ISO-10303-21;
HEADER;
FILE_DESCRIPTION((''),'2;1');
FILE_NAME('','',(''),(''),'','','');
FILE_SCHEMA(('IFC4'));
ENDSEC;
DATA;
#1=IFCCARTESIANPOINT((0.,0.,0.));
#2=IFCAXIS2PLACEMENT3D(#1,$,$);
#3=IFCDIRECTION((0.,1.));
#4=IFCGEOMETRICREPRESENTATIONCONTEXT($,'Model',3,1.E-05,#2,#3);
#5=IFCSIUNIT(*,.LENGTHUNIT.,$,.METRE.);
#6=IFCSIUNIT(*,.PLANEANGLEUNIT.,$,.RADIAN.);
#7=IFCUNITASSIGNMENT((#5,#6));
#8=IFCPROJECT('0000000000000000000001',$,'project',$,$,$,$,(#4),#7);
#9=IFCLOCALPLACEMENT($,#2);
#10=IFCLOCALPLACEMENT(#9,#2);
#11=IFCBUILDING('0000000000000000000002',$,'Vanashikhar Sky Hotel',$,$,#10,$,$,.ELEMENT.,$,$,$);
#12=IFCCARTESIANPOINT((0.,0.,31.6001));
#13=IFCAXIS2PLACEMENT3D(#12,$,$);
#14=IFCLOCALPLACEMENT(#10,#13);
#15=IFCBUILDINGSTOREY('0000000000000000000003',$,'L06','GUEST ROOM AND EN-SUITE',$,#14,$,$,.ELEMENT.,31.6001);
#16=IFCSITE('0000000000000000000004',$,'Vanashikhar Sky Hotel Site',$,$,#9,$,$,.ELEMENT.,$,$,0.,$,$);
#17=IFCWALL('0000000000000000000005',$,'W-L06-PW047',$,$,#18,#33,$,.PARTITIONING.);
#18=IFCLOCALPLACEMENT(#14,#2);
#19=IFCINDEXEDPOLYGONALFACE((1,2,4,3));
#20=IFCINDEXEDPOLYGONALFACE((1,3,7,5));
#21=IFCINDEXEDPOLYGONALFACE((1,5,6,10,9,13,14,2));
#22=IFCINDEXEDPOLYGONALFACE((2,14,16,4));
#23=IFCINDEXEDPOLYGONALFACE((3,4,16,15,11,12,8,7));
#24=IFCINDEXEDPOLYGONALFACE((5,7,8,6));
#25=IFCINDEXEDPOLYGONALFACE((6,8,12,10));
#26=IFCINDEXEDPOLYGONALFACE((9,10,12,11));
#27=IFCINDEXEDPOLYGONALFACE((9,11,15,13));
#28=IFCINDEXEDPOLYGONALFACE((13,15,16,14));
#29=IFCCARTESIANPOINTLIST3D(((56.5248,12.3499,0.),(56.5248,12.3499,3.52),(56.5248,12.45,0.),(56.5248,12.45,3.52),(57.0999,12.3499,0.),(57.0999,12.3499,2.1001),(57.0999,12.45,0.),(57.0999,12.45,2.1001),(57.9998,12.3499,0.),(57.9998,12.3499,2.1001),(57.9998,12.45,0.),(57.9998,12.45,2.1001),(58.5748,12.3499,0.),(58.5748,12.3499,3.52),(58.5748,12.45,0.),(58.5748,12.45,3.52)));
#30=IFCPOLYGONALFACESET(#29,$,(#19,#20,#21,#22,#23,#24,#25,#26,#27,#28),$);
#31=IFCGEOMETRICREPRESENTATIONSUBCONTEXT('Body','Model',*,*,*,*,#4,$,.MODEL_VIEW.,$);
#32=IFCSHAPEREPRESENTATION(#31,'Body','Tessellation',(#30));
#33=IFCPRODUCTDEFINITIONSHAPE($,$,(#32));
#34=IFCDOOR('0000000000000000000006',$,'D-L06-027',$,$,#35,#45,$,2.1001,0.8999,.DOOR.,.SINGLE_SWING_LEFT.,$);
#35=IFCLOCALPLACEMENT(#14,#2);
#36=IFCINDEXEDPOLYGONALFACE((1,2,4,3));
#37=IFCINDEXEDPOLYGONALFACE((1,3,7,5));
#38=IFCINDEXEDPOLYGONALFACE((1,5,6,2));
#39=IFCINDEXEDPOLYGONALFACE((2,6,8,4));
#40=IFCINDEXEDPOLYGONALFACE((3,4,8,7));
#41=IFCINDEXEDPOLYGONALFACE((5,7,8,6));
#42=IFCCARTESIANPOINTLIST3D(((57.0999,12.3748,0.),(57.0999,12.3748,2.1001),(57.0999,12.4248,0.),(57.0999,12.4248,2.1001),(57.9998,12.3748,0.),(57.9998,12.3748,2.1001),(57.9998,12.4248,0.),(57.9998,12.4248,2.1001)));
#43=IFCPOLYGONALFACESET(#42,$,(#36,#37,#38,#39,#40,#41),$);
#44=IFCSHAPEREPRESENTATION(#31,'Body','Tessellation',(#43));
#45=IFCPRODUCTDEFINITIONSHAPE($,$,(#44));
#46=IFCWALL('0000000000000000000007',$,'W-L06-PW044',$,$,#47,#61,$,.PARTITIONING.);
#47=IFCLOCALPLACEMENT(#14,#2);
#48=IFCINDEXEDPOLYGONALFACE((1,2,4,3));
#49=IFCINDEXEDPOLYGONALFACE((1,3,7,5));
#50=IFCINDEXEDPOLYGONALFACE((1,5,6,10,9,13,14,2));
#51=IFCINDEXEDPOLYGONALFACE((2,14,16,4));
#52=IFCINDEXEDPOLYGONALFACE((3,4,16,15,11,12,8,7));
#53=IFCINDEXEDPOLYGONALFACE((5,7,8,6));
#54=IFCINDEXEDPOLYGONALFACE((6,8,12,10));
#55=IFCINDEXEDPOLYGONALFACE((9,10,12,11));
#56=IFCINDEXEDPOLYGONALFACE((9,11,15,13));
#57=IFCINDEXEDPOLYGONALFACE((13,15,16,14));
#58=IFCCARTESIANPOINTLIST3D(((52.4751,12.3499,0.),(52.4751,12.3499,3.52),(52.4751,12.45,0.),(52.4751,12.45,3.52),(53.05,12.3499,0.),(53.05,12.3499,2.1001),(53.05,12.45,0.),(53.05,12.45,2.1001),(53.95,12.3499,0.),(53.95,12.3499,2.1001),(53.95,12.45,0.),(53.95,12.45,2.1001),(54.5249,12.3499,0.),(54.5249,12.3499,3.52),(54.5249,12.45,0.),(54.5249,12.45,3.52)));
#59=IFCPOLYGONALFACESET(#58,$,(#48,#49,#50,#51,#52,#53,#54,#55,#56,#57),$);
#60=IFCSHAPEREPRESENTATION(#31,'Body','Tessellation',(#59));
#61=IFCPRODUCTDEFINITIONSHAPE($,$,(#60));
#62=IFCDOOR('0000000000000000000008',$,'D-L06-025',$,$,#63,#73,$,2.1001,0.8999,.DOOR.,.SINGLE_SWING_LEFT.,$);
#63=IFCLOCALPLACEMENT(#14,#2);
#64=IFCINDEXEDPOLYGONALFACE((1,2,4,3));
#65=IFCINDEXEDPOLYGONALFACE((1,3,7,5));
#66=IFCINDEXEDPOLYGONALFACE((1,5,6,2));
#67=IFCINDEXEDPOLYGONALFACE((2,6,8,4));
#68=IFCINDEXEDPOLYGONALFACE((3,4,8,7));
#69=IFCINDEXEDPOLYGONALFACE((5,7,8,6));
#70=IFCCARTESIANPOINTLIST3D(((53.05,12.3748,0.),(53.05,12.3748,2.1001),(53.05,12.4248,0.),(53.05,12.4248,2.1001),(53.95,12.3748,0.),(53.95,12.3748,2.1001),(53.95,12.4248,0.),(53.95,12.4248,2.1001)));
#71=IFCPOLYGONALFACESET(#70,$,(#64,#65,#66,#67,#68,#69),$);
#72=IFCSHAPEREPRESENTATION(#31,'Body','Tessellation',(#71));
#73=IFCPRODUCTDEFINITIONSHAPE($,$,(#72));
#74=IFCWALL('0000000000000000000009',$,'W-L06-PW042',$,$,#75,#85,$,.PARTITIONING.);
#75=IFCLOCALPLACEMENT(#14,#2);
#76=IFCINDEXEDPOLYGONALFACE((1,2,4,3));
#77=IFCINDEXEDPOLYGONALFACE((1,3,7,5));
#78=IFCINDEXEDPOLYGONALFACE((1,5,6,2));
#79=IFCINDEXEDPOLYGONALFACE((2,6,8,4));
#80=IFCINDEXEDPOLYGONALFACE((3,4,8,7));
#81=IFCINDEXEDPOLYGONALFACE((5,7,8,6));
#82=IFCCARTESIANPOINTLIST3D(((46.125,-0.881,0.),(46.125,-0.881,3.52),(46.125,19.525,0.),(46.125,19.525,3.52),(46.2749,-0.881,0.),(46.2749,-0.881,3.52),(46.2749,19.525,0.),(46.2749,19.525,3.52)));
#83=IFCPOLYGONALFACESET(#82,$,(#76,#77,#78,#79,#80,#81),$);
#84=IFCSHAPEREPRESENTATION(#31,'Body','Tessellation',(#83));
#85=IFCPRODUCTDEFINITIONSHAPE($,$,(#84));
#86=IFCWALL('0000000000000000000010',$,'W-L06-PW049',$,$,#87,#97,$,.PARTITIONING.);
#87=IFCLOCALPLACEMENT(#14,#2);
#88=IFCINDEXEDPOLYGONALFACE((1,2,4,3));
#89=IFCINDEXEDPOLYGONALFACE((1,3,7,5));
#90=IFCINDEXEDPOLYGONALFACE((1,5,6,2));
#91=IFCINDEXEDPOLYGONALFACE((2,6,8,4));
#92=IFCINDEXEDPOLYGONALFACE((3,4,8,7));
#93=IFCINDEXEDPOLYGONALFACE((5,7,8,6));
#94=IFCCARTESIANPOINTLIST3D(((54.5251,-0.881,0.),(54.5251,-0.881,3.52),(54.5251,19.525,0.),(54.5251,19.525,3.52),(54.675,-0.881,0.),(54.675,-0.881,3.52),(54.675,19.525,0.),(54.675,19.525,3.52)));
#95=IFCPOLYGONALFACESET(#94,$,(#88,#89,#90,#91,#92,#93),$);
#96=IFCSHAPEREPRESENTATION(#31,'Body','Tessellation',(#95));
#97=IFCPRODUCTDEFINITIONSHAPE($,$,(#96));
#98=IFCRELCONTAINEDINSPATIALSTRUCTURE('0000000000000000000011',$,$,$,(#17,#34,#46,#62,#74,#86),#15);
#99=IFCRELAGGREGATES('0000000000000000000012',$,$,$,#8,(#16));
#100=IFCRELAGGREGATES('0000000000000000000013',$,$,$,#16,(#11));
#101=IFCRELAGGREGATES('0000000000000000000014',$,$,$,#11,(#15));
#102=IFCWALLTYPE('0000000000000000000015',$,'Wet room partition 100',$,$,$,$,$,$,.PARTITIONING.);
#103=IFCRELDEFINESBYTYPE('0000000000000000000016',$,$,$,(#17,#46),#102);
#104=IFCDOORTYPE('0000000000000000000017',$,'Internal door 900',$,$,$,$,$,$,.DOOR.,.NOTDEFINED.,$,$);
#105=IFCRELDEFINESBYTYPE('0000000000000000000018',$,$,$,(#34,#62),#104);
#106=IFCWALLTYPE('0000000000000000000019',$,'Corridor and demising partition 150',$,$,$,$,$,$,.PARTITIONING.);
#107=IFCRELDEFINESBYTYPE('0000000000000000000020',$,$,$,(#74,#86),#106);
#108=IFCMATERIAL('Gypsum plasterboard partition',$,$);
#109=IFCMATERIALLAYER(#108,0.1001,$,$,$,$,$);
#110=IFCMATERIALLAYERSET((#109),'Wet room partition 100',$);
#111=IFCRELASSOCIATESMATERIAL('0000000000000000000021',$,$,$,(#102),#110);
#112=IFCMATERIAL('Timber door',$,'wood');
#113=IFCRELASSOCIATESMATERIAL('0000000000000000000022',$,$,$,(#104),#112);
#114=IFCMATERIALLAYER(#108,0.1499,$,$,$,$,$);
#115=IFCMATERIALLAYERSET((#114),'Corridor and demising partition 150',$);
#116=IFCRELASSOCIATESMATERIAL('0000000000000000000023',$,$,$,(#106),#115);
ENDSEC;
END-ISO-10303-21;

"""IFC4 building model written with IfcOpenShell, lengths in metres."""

from ifc_helpers import new_model, si_unit, direction, frame, frame_2d, origin, place, context, subcontext, project, spatial, rectangle, extrude, source, transform, mapped, material, layer, layer_set, type_object, element, fill, save


model = new_model("IFC4")

# Units and contexts
model_context = context("Model", 3, precision=1e-05, world=origin(), true_north=direction((0.0, 1.0)))
body_context = subcontext(model_context, "Body", "Model", "MODEL_VIEW")
ifc_project = project(units=[si_unit("LENGTHUNIT", "METRE"), si_unit("PLANEANGLEUNIT", "RADIAN")], contexts=[model_context])

# Site, building, storey
site_placement = place(None, origin())
site = spatial("IfcSite", under=ifc_project, at=site_placement, Name="Vanashikhar Sky Hotel Site", CompositionType="ELEMENT", RefElevation=0.0)
building_placement = place(site_placement, origin())
building = spatial("IfcBuilding", under=site, at=building_placement, Name="Vanashikhar Sky Hotel", CompositionType="ELEMENT")
storey_placement = place(building_placement, frame((0.0, 0.0, 31.6001)))
storey = spatial("IfcBuildingStorey", under=building, at=storey_placement, Name="L06", Description="GUEST ROOM AND EN-SUITE", CompositionType="ELEMENT", Elevation=31.6001)

# Shared definitions
ifc_material_1 = material(Name="Gypsum plasterboard partition")
ifc_layer_1 = layer(ifc_material_1, 0.1001)
ifc_layer_set_1 = layer_set([ifc_layer_1], Name="Wet room partition 100")
wall_type_1 = type_object("IfcWallType", Name="Wet room partition 100", PredefinedType="PARTITIONING", material=ifc_layer_set_1)

# Walls, openings, doors
shared_shape_1 = source(origin(), body_context, "Body", "SweptSolid", [
    extrude(rectangle(XDim=2.05, YDim=0.1001, at=frame_2d((1.0249, 0.0))), origin(), (0.0, 0.0, 1.0), 3.52),
])
shared_shape_2 = source(origin(), body_context, "Body", "SweptSolid", [
    extrude(rectangle(XDim=0.8999, YDim=2.1001, at=frame_2d((0.45, 1.05))), frame((0.0, 0.0601, 0.0), z_axis=(0.0, -1.0, 0.0), x_axis=(1.0, 0.0, 0.0)), (0.0, 0.0, 1.0), 0.1201),
])
ifc_material_2 = material(Name="Timber door", Category="wood")
door_type = type_object("IfcDoorType", Name="Internal door 900", OperationType="NOTDEFINED", PredefinedType="DOOR", material=ifc_material_2)
shared_shape_3 = source(origin(), body_context, "Body", "SweptSolid", [
    extrude(rectangle(XDim=0.8999, YDim=2.1001, at=frame_2d((0.45, 1.05))), frame((0.0, 0.0249, 0.0), z_axis=(0.0, -1.0, 0.0), x_axis=(1.0, 0.0, 0.0)), (0.0, 0.0, 1.0), 0.05),
])
wall_1_placement = place(storey_placement, frame((56.5249, 12.3999, 0.0), z_axis=(0.0, 0.0, 1.0), x_axis=(1.0, 0.0, 0.0)))
wall_1 = element("IfcWall", 1, at=wall_1_placement, inside=storey, type_object=wall_type_1, Name="W-L06-PW047", PredefinedType="PARTITIONING", context=body_context, shape_type="MappedRepresentation", body=[
    mapped(shared_shape_1, transform((0.0, 0.0, 0.0), scale=1.0)),
])
opening_1_placement = place(wall_1_placement, frame((0.575, 0.0, 0.0)))
opening_1 = element("IfcOpeningElement", 2, at=opening_1_placement, cuts=wall_1, PredefinedType="OPENING", context=body_context, shape_type="MappedRepresentation", body=[
    mapped(shared_shape_2, transform((0.0, 0.0, 0.0), scale=1.0)),
])
door_1_placement = place(opening_1_placement, origin())
door_1 = element("IfcDoor", 3, at=door_1_placement, inside=storey, type_object=door_type, Name="D-L06-027", OperationType="SINGLE_SWING_LEFT", OverallHeight=2.1001, OverallWidth=0.8999, PredefinedType="DOOR", context=body_context, shape_type="MappedRepresentation", body=[
    mapped(shared_shape_3, transform((0.0, 0.0, 0.0), scale=1.0)),
])
fill(opening_1, door_1)
shared_shape_4 = source(origin(), body_context, "Body", "SweptSolid", [
    extrude(rectangle(XDim=2.0498, YDim=0.1001, at=frame_2d((1.0249, 0.0))), origin(), (0.0, 0.0, 1.0), 3.52),
])
wall_2_placement = place(storey_placement, frame((52.4751, 12.3999, 0.0), z_axis=(0.0, 0.0, 1.0), x_axis=(1.0, 0.0, 0.0)))
wall_2 = element("IfcWall", 4, at=wall_2_placement, inside=storey, type_object=wall_type_1, Name="W-L06-PW044", PredefinedType="PARTITIONING", context=body_context, shape_type="MappedRepresentation", body=[
    mapped(shared_shape_4, transform((0.0, 0.0, 0.0), scale=1.0)),
])
opening_2_placement = place(wall_2_placement, frame((0.575, 0.0, 0.0)))
opening_2 = element("IfcOpeningElement", 5, at=opening_2_placement, cuts=wall_2, PredefinedType="OPENING", context=body_context, shape_type="MappedRepresentation", body=[
    mapped(shared_shape_2, transform((0.0, 0.0, 0.0), scale=1.0)),
])
door_2_placement = place(opening_2_placement, origin())
door_2 = element("IfcDoor", 6, at=door_2_placement, inside=storey, type_object=door_type, Name="D-L06-025", OperationType="SINGLE_SWING_LEFT", OverallHeight=2.1001, OverallWidth=0.8999, PredefinedType="DOOR", context=body_context, shape_type="MappedRepresentation", body=[
    mapped(shared_shape_3, transform((0.0, 0.0, 0.0), scale=1.0)),
])
fill(opening_2, door_2)

# Walls
ifc_layer_2 = layer(ifc_material_1, 0.1499)
ifc_layer_set_2 = layer_set([ifc_layer_2], Name="Corridor and demising partition 150")
wall_type_2 = type_object("IfcWallType", Name="Corridor and demising partition 150", PredefinedType="PARTITIONING", material=ifc_layer_set_2)
shared_shape_5 = source(origin(), body_context, "Body", "SweptSolid", [
    extrude(rectangle(XDim=20.406, YDim=0.1499, at=frame_2d((10.2031, 0.0))), origin(), (0.0, 0.0, 1.0), 3.52),
])
for number, where, z_axis, x_axis, name in (
    (7, (46.2, -0.8811, 0.0), (0.0, 0.0, 1.0), (0.0, 1.0, 0.0), "W-L06-PW042"),
    (8, (54.6001, -0.8811, 0.0), (0.0, 0.0, 1.0), (0.0, 1.0, 0.0), "W-L06-PW049"),
):
    element("IfcWall", number, at=place(storey_placement, frame(where, z_axis=z_axis, x_axis=x_axis)), inside=storey, type_object=wall_type_2, Name=name, PredefinedType="PARTITIONING", context=body_context, shape_type="MappedRepresentation", body=[
        mapped(shared_shape_5, transform((0.0, 0.0, 0.0), scale=1.0)),
    ])

save(model, "model.ifc")
